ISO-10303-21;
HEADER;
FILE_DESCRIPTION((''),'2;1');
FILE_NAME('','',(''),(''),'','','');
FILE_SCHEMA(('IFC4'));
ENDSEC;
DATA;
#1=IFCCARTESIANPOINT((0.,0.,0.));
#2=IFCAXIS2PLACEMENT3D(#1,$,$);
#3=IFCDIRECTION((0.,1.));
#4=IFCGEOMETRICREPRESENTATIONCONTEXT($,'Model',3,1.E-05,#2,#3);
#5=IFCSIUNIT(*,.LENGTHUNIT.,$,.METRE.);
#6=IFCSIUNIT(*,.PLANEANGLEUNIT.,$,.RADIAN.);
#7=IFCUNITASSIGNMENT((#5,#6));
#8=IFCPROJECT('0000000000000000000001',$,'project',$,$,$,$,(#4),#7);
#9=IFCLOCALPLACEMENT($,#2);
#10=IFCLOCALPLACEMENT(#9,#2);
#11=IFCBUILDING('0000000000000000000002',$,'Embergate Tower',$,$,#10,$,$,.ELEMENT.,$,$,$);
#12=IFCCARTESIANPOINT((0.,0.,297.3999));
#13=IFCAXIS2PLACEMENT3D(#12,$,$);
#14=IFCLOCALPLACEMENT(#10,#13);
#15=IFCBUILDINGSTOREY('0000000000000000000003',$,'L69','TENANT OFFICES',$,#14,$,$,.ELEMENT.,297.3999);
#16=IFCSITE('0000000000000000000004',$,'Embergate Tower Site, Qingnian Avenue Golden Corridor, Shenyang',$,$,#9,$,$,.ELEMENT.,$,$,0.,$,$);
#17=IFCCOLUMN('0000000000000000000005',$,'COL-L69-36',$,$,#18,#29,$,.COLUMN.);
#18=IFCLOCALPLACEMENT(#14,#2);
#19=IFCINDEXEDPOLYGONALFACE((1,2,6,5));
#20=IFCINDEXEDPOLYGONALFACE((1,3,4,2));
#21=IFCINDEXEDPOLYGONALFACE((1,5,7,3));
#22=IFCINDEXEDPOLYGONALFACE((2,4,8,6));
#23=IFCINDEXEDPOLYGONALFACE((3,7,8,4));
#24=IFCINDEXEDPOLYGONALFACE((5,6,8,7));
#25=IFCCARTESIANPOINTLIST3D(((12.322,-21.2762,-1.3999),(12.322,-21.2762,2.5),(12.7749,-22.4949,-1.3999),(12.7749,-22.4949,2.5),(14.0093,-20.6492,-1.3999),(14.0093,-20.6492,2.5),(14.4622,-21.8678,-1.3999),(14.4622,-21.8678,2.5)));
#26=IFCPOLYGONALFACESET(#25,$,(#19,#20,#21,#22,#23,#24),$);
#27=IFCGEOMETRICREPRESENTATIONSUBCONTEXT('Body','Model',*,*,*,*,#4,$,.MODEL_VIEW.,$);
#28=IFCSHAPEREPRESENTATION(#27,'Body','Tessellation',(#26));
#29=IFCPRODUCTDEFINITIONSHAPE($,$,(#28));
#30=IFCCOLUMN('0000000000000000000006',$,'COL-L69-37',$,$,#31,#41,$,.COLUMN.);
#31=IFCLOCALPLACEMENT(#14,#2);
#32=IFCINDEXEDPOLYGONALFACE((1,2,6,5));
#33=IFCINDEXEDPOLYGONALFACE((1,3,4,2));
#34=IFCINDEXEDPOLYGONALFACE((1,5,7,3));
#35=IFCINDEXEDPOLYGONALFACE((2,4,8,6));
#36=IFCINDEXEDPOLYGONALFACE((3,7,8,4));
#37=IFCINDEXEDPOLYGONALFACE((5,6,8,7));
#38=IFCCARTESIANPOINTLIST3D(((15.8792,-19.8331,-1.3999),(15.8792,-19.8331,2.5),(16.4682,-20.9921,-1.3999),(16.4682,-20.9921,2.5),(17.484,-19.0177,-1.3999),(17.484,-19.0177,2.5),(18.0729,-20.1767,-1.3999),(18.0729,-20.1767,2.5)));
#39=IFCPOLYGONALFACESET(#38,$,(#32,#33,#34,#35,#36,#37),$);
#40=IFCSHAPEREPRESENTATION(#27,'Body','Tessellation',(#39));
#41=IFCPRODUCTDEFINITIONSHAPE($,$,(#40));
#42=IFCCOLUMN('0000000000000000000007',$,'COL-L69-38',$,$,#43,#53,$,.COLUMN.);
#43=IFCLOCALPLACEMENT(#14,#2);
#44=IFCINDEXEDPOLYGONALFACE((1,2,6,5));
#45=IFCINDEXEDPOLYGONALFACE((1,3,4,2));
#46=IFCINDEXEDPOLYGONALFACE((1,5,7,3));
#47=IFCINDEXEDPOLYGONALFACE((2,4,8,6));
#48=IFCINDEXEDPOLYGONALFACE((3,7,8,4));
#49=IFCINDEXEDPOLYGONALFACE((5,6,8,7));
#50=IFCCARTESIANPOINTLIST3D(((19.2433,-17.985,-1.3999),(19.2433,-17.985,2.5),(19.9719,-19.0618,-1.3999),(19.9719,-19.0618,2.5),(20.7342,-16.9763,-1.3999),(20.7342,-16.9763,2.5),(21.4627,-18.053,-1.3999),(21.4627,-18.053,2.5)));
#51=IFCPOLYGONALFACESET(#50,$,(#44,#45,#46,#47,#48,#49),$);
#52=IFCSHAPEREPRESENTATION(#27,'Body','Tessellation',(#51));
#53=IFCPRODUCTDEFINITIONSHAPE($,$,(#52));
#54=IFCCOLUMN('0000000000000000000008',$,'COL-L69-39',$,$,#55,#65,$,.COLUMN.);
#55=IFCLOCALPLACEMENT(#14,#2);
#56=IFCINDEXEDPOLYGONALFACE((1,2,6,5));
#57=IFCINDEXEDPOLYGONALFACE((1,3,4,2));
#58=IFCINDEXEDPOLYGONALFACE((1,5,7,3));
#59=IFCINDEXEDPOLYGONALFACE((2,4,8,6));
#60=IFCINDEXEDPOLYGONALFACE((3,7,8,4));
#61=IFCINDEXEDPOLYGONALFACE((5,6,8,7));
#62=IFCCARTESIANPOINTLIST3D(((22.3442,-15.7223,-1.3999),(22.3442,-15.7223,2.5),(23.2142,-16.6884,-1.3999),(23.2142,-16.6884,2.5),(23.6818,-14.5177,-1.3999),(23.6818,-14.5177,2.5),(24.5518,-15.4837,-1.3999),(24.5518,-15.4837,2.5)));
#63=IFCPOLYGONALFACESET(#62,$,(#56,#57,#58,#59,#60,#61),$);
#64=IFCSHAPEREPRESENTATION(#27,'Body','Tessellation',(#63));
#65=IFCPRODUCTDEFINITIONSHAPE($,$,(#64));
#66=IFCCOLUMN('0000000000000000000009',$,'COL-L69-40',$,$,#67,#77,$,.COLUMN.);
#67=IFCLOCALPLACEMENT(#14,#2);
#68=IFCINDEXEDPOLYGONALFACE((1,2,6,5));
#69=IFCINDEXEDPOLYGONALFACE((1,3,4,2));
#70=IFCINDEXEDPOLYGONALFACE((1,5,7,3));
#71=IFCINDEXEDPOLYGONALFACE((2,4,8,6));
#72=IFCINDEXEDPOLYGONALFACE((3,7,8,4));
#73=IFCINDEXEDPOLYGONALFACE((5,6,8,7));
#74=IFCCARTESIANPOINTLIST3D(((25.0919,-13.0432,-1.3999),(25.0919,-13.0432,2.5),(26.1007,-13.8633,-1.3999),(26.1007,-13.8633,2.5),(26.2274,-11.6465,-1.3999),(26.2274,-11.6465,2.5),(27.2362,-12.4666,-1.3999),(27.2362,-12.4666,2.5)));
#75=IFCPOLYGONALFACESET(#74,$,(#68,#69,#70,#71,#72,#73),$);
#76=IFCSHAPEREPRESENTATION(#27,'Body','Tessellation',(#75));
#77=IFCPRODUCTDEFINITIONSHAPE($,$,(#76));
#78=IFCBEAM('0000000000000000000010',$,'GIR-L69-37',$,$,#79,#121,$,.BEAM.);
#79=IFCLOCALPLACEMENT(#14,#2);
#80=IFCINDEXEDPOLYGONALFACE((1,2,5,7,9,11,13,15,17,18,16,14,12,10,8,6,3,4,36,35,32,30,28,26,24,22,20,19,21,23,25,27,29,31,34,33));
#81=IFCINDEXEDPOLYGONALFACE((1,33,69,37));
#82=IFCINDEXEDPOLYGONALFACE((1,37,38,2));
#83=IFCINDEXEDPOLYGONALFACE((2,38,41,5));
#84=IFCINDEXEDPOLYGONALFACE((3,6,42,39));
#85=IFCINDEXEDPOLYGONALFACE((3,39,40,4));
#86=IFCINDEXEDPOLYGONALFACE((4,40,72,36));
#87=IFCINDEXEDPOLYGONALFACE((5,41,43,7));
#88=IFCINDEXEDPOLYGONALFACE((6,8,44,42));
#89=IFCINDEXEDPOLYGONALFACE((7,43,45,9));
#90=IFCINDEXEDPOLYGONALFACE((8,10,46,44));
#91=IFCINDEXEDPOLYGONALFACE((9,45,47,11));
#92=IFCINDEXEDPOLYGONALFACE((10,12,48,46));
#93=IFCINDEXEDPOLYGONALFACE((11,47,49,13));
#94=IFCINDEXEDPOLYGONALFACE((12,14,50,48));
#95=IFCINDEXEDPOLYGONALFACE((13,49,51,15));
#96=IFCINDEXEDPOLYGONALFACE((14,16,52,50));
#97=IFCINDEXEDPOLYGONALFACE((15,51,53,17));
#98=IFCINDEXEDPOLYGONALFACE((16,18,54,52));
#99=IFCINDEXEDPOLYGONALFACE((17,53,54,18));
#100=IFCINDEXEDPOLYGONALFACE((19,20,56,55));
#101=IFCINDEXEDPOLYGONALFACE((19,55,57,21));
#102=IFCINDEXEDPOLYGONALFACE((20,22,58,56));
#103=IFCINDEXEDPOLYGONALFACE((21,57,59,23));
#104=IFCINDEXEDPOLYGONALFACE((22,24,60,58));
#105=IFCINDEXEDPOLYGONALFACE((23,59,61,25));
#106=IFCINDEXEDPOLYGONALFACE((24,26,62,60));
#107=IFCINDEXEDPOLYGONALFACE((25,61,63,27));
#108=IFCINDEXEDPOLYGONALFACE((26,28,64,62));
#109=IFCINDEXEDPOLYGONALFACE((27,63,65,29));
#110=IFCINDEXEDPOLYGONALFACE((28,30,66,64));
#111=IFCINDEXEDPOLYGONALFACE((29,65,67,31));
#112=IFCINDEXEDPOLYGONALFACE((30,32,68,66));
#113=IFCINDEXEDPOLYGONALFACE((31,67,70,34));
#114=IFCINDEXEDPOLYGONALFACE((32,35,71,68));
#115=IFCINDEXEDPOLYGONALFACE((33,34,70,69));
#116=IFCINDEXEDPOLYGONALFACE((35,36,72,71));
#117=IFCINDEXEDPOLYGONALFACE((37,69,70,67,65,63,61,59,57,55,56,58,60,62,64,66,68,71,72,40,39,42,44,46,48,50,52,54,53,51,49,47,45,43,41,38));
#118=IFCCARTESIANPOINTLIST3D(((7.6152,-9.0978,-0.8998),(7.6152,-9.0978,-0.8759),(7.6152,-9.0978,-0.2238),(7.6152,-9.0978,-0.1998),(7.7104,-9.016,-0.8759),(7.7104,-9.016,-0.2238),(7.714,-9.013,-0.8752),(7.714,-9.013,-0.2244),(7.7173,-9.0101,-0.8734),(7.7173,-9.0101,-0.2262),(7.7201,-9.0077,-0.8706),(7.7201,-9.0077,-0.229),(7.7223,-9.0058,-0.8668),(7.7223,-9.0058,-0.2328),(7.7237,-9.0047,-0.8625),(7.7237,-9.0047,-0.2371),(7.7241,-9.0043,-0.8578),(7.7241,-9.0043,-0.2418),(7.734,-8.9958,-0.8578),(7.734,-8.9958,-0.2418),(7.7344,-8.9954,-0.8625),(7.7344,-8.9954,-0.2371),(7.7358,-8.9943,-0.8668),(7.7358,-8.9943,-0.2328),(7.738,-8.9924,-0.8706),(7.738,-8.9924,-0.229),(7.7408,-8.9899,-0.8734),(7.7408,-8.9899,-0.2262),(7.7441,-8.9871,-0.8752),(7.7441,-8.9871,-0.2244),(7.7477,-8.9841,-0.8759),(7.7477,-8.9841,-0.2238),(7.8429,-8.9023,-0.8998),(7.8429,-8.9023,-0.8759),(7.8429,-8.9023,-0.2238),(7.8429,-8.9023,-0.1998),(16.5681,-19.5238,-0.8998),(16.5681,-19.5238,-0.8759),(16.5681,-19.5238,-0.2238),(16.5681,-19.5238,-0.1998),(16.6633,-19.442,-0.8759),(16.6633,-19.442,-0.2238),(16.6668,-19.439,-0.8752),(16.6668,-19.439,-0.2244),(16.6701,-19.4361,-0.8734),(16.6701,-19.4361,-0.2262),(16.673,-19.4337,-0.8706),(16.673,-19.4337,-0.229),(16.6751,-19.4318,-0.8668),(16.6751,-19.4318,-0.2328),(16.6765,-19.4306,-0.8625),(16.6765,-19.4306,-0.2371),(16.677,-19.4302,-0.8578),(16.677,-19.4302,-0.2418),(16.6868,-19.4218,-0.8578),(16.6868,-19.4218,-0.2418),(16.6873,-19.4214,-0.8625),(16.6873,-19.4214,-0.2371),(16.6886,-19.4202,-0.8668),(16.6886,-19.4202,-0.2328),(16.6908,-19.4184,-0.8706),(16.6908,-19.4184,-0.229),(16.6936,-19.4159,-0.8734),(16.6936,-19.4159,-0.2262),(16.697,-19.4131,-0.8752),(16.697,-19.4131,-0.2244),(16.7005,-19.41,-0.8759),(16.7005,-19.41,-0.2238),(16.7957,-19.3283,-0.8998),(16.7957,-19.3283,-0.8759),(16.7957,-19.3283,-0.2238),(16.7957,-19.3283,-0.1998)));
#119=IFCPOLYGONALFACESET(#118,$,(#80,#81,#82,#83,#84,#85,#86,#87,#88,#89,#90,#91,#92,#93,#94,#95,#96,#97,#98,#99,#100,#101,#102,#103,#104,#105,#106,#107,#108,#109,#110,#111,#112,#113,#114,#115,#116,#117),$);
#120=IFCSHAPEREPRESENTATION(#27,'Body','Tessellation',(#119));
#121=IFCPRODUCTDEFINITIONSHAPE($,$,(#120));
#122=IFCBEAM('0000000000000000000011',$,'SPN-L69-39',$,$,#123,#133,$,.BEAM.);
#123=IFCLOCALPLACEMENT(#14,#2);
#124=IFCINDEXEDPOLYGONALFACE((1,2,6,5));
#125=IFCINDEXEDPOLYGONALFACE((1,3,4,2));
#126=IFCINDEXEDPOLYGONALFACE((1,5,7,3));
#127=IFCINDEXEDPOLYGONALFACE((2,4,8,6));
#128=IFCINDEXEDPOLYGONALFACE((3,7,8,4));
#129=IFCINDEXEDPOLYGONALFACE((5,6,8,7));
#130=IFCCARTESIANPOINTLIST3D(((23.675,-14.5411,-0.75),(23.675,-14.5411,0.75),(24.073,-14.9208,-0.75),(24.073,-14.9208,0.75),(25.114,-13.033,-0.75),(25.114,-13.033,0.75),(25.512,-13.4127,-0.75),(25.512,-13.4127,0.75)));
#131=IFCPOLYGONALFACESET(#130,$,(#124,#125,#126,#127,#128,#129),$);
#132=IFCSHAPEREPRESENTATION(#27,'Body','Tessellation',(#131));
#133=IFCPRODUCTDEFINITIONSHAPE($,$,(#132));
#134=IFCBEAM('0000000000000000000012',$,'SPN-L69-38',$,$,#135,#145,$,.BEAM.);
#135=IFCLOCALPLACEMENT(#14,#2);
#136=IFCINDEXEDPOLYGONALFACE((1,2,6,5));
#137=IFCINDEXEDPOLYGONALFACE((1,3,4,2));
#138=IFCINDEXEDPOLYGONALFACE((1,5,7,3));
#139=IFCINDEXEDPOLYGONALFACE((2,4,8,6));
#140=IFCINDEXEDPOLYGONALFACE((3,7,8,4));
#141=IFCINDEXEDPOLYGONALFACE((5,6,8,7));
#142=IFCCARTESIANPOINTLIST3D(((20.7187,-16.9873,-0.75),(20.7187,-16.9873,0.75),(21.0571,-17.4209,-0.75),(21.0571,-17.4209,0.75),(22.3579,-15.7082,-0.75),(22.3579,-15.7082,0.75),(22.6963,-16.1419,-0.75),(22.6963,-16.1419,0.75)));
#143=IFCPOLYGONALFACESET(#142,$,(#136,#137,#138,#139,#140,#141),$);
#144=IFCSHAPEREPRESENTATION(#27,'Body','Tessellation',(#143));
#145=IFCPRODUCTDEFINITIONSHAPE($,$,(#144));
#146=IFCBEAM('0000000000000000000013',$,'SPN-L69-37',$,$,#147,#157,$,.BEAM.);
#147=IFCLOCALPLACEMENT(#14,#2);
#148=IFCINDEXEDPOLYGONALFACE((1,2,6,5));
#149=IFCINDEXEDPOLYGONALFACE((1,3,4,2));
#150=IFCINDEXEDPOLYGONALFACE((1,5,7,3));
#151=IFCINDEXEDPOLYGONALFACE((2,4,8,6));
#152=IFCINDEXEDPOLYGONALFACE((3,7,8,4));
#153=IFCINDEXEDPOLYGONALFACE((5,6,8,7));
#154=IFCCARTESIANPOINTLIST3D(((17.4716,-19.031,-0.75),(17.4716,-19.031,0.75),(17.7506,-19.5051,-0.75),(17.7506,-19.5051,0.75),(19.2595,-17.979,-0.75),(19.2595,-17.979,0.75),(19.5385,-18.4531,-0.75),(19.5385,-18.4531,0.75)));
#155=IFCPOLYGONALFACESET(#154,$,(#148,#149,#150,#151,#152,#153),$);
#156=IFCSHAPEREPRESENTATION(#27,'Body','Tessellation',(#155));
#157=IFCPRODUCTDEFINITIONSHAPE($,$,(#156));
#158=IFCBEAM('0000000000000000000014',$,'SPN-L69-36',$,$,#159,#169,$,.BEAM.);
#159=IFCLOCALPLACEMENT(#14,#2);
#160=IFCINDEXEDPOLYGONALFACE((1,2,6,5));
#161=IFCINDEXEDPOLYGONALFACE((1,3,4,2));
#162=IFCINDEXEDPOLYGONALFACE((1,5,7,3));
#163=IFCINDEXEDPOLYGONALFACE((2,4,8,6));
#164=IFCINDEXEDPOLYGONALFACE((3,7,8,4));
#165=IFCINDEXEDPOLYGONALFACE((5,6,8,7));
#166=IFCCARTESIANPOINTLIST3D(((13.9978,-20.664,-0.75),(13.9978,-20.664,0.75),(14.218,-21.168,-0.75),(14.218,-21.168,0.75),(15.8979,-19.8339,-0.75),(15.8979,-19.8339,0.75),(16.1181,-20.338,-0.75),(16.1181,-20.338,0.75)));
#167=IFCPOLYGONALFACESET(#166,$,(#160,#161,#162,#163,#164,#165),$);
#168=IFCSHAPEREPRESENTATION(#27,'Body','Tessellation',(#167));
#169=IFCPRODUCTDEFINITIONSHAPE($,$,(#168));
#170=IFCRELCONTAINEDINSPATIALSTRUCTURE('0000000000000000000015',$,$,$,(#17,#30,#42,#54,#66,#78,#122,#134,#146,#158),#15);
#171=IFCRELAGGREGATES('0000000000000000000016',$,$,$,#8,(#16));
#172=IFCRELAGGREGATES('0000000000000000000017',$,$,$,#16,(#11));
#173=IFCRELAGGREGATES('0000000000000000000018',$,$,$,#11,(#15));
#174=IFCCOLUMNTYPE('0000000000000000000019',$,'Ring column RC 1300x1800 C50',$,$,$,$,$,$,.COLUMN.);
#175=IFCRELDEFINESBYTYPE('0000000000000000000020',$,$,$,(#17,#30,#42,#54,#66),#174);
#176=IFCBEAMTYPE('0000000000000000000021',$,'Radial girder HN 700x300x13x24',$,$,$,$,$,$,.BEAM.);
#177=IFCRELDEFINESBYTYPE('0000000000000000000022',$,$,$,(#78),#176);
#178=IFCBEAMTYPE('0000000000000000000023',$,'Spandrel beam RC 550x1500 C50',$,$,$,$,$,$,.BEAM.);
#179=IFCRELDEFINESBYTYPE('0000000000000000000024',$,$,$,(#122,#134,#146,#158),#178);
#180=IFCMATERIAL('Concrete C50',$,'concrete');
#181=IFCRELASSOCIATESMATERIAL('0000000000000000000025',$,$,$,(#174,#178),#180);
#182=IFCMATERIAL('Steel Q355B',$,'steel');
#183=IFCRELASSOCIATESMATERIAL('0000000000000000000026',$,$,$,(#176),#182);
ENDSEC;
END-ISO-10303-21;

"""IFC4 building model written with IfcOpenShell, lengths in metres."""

from ifc_helpers import new_model, si_unit, direction, frame, origin, origin_2d, place, context, subcontext, project, spatial, rectangle, i_section, extrude, source, transform, mapped, material, material_profile, profile_set, type_object, element, save


model = new_model("IFC4")

# Units and contexts
model_context = context("Model", 3, precision=1e-05, world=origin(), true_north=direction((0.0, 1.0)))
body_context = subcontext(model_context, "Body", "Model", "MODEL_VIEW")
ifc_project = project(units=[si_unit("LENGTHUNIT", "METRE"), si_unit("PLANEANGLEUNIT", "RADIAN")], contexts=[model_context])

# Site, building, storey
site_placement = place(None, origin())
site = spatial("IfcSite", under=ifc_project, at=site_placement, Name="Embergate Tower Site, Qingnian Avenue Golden Corridor, Shenyang", CompositionType="ELEMENT", RefElevation=0.0)
building_placement = place(site_placement, origin())
building = spatial("IfcBuilding", under=site, at=building_placement, Name="Embergate Tower", CompositionType="ELEMENT")
storey_placement = place(building_placement, frame((0.0, 0.0, 297.3999)))
storey = spatial("IfcBuildingStorey", under=building, at=storey_placement, Name="L69", Description="TENANT OFFICES", CompositionType="ELEMENT", Elevation=297.3999)

# Columns
ifc_material_1 = material(Name="Concrete C50", Category="concrete")
ifc_material_profile_1 = material_profile(ifc_material_1, rectangle(XDim=1.3, YDim=1.8, at=origin_2d()), Name="RC 1300x1800")
ifc_profile_set_1 = profile_set([ifc_material_profile_1], Name="Concrete C50")
column_type = type_object("IfcColumnType", Name="Ring column RC 1300x1800 C50", PredefinedType="COLUMN", material=ifc_profile_set_1)
shared_shape_1 = source(origin(), body_context, "Body", "SweptSolid", [
    extrude(rectangle(XDim=1.3, YDim=1.8, at=origin_2d()), origin(), (0.0, 0.0, 1.0), 3.8999),
])
for number, where, z_axis, x_axis, name in (
    (1, (13.3921, -21.572, -1.3999), (0.0, 0.0, 1.0), (0.348343, -0.937367, 0.0), "COL-L69-36"),
    (2, (16.9761, -20.0049, -1.3999), (0.0, 0.0, 1.0), (0.453011, -0.891505, 0.0), "COL-L69-37"),
    (3, (20.353, -18.019, -1.3999), (0.0, 0.0, 1.0), (0.560393, -0.828227, 0.0), "COL-L69-38"),
    (4, (23.448, -15.603, -1.3999), (0.0, 0.0, 1.0), (0.669221, -0.743063, 0.0), "COL-L69-39"),
    (5, (26.1641, -12.7549, -1.3999), (0.0, 0.0, 1.0), (0.775925, -0.630825, 0.0), "COL-L69-40"),
):
    element("IfcColumn", number, at=place(storey_placement, frame(where, z_axis=z_axis, x_axis=x_axis)), inside=storey, type_object=column_type, Name=name, PredefinedType="COLUMN", context=body_context, shape_type="MappedRepresentation", body=[
        mapped(shared_shape_1, transform((0.0, 0.0, 0.0))),
    ])

# Beams
ifc_material_2 = material(Name="Steel Q355B", Category="steel")
ifc_material_profile_2 = material_profile(ifc_material_2, i_section(OverallWidth=0.3, OverallDepth=0.7, WebThickness=0.0129, FlangeThickness=0.0239, FilletRadius=0.0181, at=origin_2d()), Name="HN 700x300x13x24")
ifc_profile_set_2 = profile_set([ifc_material_profile_2], Name="Steel Q355 grade B")
beam_type_1 = type_object("IfcBeamType", Name="Radial girder HN 700x300x13x24", PredefinedType="BEAM", material=ifc_profile_set_2)
shared_shape_2 = source(origin(), body_context, "Body", "SweptSolid", [
    extrude(i_section(OverallWidth=0.3, OverallDepth=0.7, WebThickness=0.0129, FlangeThickness=0.0239, FilletRadius=0.0181, at=origin_2d()), origin(), (0.0, 0.0, 1.0), 13.7424),
])
beam_1_placement = place(storey_placement, frame((16.6819, -19.426, -0.5498), z_axis=(-0.651474, 0.758671, 0.0), x_axis=(-0.758671, -0.651474, 0.0)))
element("IfcBeam", 6, at=beam_1_placement, inside=storey, type_object=beam_type_1, Name="GIR-L69-37", PredefinedType="BEAM", context=body_context, shape_type="MappedRepresentation", body=[
    mapped(shared_shape_2, transform((0.0, 0.0, 0.0))),
])
ifc_material_profile_3 = material_profile(ifc_material_1, rectangle(XDim=0.55, YDim=1.5, at=origin_2d()), Name="RC 550x1500")
ifc_profile_set_3 = profile_set([ifc_material_profile_3], Name="Concrete C50")
beam_type_2 = type_object("IfcBeamType", Name="Spandrel beam RC 550x1500 C50", PredefinedType="BEAM", material=ifc_profile_set_3)
shared_shape_3 = source(origin(), body_context, "Body", "SweptSolid", [
    extrude(rectangle(XDim=0.55, YDim=1.5, at=origin_2d()), origin(), (0.0, 0.0, 1.0), 2.0845),
])
beam_2_placement = place(storey_placement, frame((23.874, -14.731, 0.0), z_axis=(0.690339, 0.723486, 0.0), x_axis=(-0.723486, 0.690339, 0.0)))
element("IfcBeam", 7, at=beam_2_placement, inside=storey, type_object=beam_type_2, Name="SPN-L69-39", PredefinedType="BEAM", context=body_context, shape_type="MappedRepresentation", body=[
    mapped(shared_shape_3, transform((0.0, 0.0, 0.0))),
])
shared_shape_4 = source(origin(), body_context, "Body", "SweptSolid", [
    extrude(rectangle(XDim=0.55, YDim=1.5, at=origin_2d()), origin(), (0.0, 0.0, 1.0), 2.0791),
])
beam_3_placement = place(storey_placement, frame((20.8879, -17.2041, 0.0), z_axis=(0.788384, 0.615184, 0.0), x_axis=(-0.615184, 0.788384, 0.0)))
element("IfcBeam", 8, at=beam_3_placement, inside=storey, type_object=beam_type_2, Name="SPN-L69-38", PredefinedType="BEAM", context=body_context, shape_type="MappedRepresentation", body=[
    mapped(shared_shape_4, transform((0.0, 0.0, 0.0))),
])
shared_shape_5 = source(origin(), body_context, "Body", "SweptSolid", [
    extrude(rectangle(XDim=0.55, YDim=1.5, at=origin_2d()), origin(), (0.0, 0.0, 1.0), 2.0745),
])
beam_4_placement = place(storey_placement, frame((17.6111, -19.2681, 0.0), z_axis=(0.861865, 0.507138, 0.0), x_axis=(-0.507138, 0.861865, 0.0)))
element("IfcBeam", 9, at=beam_4_placement, inside=storey, type_object=beam_type_2, Name="SPN-L69-37", PredefinedType="BEAM", context=body_context, shape_type="MappedRepresentation", body=[
    mapped(shared_shape_5, transform((0.0, 0.0, 0.0))),
])
shared_shape_6 = source(origin(), body_context, "Body", "SweptSolid", [
    extrude(rectangle(XDim=0.55, YDim=1.5, at=origin_2d()), origin(), (0.0, 0.0, 1.0), 2.0735),
])
beam_5_placement = place(storey_placement, frame((14.1079, -20.916, 0.0), z_axis=(0.916376, 0.400318, 0.0), x_axis=(-0.400318, 0.916376, 0.0)))
element("IfcBeam", 10, at=beam_5_placement, inside=storey, type_object=beam_type_2, Name="SPN-L69-36", PredefinedType="BEAM", context=body_context, shape_type="MappedRepresentation", body=[
    mapped(shared_shape_6, transform((0.0, 0.0, 0.0))),
])

save(model, "model.ifc")
